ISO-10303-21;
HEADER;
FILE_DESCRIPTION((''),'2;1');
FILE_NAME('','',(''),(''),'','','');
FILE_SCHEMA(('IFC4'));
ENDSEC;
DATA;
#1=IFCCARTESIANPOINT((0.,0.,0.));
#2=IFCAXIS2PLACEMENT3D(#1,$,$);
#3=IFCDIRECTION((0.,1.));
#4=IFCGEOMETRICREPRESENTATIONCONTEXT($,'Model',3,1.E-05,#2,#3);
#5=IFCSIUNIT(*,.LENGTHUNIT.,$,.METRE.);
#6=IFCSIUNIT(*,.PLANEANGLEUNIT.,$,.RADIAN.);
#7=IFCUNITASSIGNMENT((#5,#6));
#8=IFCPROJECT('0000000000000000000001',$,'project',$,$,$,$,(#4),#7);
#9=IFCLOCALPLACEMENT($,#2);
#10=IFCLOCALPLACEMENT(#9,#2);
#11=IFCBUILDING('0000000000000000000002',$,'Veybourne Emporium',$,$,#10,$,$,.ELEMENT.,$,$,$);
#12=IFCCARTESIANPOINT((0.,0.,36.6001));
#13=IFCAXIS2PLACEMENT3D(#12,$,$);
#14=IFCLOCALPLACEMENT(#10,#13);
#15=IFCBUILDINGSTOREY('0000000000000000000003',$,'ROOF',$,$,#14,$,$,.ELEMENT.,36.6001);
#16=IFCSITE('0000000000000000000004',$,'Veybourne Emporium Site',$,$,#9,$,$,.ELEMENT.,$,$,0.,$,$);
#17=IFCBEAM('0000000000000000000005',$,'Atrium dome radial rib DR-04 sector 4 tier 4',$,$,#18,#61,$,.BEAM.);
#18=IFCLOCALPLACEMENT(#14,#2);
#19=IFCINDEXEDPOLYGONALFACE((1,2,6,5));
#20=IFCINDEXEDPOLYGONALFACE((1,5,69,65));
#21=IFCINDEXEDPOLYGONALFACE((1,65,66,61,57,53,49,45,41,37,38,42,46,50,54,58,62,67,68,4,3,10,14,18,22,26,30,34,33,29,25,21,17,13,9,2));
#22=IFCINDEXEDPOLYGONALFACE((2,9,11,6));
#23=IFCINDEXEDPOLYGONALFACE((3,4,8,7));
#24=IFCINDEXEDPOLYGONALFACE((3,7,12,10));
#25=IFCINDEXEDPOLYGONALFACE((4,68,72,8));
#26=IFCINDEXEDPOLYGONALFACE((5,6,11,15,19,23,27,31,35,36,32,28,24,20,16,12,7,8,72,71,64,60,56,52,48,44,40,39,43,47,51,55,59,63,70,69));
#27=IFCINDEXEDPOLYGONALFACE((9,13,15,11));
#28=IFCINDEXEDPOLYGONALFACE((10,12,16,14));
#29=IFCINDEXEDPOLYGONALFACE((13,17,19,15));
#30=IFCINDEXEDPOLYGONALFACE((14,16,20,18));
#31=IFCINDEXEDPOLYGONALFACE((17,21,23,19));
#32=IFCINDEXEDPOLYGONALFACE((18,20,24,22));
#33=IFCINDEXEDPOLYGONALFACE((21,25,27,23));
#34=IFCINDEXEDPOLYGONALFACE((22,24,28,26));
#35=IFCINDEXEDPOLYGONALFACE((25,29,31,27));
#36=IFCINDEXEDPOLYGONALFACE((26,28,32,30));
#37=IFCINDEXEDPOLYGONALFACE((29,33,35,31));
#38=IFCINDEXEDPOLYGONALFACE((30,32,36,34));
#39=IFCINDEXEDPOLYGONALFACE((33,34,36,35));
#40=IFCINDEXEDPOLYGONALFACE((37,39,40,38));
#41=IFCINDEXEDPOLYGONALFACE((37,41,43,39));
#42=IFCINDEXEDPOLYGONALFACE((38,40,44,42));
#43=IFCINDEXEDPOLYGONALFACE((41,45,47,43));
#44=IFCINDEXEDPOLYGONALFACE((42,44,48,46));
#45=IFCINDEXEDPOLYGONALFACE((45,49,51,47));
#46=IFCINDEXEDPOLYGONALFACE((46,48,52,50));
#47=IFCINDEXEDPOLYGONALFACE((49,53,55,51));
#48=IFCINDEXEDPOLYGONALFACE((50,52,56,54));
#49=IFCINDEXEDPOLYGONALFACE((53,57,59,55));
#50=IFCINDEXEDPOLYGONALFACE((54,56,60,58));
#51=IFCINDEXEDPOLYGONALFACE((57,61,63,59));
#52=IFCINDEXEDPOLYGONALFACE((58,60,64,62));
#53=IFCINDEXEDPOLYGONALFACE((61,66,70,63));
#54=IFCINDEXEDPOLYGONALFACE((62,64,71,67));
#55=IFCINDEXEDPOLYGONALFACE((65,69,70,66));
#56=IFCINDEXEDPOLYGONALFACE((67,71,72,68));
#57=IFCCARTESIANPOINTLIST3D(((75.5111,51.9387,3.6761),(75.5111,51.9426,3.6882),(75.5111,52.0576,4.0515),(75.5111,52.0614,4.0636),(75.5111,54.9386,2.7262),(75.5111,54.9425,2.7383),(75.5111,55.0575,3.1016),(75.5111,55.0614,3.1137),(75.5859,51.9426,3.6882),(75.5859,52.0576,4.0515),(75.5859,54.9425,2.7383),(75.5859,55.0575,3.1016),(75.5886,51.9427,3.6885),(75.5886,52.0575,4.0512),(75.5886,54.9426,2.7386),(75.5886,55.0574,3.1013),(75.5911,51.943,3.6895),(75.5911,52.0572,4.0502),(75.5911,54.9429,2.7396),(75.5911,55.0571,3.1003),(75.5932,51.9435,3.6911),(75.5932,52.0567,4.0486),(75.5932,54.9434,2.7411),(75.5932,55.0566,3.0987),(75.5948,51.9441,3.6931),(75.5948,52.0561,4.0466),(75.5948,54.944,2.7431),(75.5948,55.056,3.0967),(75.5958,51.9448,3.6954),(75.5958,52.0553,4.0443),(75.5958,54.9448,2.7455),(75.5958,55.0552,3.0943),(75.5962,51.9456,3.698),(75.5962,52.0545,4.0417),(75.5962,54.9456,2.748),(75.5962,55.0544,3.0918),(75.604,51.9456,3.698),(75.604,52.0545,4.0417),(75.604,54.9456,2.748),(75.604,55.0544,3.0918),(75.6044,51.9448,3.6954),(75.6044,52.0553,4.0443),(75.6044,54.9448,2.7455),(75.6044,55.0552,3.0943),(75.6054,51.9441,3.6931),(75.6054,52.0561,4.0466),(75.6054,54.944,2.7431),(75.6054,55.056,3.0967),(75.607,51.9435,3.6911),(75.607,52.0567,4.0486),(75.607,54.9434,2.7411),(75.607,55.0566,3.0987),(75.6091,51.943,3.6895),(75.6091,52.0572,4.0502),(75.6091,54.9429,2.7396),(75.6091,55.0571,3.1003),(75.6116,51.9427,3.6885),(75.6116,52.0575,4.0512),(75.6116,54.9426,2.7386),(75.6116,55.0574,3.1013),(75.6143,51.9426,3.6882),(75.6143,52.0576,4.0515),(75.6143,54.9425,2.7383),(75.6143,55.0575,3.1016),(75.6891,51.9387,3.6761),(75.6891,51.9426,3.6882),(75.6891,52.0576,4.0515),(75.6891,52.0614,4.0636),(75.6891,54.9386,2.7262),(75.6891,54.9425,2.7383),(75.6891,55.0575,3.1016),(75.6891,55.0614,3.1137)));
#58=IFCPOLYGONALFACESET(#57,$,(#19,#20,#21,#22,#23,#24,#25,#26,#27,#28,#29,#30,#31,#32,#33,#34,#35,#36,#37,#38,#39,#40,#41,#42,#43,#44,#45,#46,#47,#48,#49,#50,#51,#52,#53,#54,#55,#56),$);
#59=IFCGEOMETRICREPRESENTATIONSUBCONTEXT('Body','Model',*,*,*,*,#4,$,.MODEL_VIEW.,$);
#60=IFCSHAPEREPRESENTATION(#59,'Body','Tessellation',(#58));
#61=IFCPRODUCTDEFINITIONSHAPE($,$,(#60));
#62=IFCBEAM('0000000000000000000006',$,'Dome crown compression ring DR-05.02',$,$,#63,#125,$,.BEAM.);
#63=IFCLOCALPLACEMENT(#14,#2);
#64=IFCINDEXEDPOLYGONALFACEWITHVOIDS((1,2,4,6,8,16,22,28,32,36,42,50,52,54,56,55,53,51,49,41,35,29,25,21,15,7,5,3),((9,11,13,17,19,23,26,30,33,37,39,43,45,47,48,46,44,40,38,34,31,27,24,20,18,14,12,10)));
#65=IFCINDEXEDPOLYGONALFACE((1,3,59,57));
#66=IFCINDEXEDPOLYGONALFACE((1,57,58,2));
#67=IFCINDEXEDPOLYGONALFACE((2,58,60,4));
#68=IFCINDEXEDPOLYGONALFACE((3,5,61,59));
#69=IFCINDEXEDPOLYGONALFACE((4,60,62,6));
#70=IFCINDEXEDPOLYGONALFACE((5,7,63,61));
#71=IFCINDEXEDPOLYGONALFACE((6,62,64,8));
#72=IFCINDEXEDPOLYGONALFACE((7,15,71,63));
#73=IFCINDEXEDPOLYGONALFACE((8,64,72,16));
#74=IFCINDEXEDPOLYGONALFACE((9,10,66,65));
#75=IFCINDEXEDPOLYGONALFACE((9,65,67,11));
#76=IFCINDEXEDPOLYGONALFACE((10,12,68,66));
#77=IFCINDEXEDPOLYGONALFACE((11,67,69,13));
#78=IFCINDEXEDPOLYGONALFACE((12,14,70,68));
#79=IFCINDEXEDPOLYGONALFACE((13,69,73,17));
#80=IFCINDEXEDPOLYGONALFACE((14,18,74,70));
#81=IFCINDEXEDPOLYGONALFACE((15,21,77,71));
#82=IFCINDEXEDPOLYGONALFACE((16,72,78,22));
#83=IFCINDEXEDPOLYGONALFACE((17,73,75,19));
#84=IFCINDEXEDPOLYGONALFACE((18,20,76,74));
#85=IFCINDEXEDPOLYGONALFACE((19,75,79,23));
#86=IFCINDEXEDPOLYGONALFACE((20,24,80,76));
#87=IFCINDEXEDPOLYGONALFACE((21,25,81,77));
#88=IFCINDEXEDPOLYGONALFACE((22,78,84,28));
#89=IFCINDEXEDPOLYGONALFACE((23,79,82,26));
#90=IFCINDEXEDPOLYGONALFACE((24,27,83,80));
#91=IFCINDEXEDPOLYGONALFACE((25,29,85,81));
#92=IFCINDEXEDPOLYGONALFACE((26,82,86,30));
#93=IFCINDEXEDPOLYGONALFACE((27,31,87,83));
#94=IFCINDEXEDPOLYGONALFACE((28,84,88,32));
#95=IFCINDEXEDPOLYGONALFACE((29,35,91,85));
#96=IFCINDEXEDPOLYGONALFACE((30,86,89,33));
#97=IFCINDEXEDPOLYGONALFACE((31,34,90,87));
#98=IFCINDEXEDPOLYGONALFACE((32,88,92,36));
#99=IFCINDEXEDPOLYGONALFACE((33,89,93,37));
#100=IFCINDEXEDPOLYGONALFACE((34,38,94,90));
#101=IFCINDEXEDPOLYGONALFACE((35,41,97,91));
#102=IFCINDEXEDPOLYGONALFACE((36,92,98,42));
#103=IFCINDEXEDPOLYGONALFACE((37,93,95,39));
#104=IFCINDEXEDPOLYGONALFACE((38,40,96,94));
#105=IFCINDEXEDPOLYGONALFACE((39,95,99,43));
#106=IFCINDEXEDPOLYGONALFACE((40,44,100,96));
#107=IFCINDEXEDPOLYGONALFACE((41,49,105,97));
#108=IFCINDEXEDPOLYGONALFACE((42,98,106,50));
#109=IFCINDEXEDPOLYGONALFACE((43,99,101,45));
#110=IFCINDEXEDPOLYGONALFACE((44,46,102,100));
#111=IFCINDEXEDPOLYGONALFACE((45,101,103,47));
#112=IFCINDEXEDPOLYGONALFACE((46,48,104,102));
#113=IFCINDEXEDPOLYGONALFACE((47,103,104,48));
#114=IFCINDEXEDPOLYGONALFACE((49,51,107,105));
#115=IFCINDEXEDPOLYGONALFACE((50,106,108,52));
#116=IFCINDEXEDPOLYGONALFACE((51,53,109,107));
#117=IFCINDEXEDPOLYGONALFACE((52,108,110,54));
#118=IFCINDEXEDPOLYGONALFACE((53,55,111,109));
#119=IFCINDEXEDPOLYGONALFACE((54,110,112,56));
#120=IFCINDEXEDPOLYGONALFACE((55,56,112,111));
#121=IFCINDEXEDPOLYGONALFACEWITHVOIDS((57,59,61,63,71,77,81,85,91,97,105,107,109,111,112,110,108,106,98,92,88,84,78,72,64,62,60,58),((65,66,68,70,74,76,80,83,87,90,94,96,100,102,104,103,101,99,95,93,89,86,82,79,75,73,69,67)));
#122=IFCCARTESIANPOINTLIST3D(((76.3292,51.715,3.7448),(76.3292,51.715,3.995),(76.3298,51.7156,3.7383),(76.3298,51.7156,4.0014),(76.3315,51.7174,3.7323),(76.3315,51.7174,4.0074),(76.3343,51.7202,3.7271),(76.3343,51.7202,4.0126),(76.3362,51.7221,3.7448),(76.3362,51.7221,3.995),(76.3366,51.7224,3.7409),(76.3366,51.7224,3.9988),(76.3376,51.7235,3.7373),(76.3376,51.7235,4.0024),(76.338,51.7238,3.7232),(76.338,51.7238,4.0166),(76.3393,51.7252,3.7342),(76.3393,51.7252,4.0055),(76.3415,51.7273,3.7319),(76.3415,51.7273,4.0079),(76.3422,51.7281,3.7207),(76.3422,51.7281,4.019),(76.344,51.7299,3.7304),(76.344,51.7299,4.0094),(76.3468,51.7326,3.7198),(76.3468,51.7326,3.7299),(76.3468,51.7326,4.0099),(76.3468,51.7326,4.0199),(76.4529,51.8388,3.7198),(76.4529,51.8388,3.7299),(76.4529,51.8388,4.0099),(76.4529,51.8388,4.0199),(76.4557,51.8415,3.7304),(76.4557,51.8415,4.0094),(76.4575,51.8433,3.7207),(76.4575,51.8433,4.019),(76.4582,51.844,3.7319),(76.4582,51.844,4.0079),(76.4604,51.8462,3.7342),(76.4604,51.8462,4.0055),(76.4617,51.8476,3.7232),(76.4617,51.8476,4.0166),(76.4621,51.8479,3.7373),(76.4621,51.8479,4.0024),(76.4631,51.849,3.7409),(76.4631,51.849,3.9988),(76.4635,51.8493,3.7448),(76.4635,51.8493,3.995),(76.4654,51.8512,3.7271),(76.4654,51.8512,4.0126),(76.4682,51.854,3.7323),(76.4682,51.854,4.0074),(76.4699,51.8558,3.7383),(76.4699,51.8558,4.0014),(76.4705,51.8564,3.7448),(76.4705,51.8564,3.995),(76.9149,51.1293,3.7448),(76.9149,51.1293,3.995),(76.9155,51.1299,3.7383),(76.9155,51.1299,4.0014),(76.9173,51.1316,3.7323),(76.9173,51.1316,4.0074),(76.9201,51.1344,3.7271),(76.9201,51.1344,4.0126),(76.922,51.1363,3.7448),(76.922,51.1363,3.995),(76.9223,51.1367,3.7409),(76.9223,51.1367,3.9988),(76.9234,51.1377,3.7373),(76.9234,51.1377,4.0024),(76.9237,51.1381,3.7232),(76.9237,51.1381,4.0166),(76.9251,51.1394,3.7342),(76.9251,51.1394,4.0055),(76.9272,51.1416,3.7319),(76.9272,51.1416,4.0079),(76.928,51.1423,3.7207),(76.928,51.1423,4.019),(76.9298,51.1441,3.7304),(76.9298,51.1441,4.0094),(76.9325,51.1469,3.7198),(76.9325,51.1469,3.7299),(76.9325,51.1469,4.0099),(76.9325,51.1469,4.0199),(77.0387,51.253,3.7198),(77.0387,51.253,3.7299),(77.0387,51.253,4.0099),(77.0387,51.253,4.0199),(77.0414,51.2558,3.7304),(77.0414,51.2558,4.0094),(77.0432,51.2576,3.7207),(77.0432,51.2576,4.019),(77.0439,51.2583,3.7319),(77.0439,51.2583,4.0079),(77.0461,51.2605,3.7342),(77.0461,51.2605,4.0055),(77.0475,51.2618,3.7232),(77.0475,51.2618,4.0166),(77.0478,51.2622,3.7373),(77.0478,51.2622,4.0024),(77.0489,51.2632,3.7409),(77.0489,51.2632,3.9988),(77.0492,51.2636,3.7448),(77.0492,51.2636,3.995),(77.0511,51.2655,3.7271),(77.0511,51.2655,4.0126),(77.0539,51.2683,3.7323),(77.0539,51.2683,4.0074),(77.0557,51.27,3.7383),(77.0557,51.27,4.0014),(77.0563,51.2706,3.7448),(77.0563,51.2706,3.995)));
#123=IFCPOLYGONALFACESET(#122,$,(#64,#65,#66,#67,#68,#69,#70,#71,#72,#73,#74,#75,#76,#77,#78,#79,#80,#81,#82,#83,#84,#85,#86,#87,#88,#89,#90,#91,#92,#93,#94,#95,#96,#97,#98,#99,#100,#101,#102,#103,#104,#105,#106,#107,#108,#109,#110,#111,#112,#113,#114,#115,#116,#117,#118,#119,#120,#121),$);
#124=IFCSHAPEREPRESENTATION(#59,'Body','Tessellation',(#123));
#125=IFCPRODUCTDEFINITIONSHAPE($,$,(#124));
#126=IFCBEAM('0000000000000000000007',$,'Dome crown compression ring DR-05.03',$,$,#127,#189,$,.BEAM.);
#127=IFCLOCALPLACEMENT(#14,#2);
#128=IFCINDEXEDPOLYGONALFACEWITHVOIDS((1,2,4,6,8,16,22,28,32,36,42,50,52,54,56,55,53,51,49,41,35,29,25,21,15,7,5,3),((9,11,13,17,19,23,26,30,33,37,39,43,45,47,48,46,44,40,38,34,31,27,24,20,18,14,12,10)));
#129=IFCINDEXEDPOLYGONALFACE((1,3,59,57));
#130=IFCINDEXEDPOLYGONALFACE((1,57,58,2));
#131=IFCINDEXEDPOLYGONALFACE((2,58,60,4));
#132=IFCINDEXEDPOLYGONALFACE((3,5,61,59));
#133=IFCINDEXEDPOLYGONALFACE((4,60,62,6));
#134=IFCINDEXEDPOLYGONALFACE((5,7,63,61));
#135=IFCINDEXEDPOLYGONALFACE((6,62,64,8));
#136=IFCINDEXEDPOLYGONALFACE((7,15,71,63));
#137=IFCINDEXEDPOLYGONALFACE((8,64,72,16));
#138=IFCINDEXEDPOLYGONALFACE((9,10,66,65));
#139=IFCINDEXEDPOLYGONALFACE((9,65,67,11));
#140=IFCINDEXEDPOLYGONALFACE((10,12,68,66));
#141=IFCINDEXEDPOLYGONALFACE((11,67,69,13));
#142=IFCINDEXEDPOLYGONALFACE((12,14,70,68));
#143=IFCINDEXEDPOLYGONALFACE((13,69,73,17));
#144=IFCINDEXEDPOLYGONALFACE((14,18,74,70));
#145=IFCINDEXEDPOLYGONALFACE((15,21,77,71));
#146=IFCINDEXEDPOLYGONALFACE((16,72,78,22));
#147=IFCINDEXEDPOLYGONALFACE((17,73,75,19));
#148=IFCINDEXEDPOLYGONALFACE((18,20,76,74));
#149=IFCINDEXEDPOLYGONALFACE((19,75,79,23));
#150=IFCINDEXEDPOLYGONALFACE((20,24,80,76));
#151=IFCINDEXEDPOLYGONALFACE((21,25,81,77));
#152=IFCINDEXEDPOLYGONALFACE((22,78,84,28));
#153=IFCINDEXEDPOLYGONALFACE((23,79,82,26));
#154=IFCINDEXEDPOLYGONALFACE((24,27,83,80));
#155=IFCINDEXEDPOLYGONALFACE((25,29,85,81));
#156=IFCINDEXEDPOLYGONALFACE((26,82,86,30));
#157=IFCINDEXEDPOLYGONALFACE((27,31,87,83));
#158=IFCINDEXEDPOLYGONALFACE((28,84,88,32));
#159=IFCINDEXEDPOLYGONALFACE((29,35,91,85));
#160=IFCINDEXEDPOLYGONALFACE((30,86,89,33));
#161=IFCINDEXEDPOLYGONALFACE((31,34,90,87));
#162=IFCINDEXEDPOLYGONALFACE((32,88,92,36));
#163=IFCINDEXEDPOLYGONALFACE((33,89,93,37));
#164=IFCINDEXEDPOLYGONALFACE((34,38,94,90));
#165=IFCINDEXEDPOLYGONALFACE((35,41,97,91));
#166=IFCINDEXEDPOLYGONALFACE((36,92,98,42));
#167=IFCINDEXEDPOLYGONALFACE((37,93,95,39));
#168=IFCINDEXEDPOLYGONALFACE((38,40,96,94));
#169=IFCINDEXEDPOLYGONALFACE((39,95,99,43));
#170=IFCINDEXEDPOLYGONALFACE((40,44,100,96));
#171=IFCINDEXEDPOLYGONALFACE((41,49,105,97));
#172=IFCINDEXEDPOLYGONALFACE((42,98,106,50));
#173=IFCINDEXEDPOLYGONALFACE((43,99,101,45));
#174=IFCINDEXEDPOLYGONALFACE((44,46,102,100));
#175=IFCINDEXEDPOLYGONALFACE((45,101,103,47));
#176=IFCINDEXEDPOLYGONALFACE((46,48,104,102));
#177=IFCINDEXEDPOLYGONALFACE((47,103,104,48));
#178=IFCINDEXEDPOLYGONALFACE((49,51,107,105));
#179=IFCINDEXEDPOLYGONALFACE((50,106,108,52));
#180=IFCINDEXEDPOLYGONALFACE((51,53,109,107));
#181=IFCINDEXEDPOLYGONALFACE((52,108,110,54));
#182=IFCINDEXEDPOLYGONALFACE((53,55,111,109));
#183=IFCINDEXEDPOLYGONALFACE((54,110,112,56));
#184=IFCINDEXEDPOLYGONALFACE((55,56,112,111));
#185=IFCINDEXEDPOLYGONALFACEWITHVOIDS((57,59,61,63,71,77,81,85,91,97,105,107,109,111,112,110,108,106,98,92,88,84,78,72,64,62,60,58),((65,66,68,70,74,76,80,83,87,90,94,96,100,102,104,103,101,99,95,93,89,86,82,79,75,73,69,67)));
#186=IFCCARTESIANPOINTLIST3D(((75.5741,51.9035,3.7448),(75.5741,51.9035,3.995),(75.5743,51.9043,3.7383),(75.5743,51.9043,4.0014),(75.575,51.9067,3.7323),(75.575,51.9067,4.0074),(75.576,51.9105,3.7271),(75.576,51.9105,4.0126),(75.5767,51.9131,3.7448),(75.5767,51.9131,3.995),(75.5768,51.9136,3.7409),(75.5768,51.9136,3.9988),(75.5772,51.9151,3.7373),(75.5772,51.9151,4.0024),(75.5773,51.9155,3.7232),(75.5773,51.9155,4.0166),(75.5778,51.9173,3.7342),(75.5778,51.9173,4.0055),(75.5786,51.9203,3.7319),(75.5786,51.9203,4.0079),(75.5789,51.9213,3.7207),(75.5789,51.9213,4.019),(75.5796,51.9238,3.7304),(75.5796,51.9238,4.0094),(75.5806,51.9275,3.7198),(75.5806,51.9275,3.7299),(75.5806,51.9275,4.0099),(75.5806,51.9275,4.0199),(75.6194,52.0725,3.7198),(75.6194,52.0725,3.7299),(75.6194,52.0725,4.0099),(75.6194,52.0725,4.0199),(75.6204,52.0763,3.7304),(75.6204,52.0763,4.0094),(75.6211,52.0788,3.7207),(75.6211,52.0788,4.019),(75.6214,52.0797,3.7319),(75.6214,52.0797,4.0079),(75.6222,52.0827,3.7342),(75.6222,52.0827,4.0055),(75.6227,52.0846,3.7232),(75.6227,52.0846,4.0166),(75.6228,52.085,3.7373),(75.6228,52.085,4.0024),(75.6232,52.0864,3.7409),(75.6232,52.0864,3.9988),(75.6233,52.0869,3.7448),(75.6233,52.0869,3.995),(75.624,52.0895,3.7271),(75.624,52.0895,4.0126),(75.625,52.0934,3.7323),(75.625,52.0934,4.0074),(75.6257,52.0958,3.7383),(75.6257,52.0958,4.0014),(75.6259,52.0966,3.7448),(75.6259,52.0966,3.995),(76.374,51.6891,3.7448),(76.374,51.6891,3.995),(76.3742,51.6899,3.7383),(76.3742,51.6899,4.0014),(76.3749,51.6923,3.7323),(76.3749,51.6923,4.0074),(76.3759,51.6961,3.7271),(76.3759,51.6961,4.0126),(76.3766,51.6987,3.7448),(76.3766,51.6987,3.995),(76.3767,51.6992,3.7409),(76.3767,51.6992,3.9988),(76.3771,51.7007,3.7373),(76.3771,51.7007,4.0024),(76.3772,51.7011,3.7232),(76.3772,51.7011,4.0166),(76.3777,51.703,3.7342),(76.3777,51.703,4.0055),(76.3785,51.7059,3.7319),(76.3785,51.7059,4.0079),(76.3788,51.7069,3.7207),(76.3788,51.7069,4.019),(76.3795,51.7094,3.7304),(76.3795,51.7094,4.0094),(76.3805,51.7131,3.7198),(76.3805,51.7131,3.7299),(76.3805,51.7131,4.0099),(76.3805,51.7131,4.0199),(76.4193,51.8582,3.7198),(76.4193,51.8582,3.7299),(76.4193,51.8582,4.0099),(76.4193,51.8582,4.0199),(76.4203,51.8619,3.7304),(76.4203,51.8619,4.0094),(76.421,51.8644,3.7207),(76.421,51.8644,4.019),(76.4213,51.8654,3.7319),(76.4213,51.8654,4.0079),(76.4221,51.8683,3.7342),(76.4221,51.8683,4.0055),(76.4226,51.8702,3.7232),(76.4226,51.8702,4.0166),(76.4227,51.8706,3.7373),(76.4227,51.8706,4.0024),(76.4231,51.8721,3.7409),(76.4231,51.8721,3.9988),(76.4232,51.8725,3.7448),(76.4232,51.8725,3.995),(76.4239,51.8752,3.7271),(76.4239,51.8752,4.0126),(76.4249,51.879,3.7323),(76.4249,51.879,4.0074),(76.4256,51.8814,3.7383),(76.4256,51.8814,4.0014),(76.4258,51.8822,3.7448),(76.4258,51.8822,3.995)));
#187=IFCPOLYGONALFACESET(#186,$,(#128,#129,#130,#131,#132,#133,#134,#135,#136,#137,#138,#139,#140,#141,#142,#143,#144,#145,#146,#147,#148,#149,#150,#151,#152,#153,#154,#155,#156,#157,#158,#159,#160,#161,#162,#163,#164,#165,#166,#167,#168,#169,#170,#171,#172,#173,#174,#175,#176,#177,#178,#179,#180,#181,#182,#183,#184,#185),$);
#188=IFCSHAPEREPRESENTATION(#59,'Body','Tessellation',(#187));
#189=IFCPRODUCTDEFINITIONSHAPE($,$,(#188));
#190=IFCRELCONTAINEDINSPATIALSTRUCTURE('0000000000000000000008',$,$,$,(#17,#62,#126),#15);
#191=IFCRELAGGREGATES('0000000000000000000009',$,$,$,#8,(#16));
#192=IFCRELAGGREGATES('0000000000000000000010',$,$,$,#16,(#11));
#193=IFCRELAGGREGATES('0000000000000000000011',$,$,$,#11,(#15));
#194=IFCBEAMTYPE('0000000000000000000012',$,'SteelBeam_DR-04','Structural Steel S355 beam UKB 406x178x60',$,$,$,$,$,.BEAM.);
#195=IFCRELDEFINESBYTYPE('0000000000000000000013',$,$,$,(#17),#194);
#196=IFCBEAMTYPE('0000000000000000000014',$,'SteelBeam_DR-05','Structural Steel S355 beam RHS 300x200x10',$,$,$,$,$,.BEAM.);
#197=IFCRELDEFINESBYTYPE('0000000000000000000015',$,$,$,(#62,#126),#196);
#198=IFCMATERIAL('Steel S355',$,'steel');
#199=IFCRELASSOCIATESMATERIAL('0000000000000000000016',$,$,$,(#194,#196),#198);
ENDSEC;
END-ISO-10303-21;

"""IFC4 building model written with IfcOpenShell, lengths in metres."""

from ifc_helpers import new_model, si_unit, direction, frame, origin, origin_2d, place, context, subcontext, project, spatial, hollow_rectangle, i_section, extrude, material, material_profile, profile_set, type_object, element, save


model = new_model("IFC4")

# Units and contexts
model_context = context("Model", 3, precision=1e-05, world=origin(), true_north=direction((0.0, 1.0)))
body_context = subcontext(model_context, "Body", "Model", "MODEL_VIEW")
ifc_project = project(units=[si_unit("LENGTHUNIT", "METRE"), si_unit("PLANEANGLEUNIT", "RADIAN")], contexts=[model_context])

# Site, building, storey
site_placement = place(None, origin())
site = spatial("IfcSite", under=ifc_project, at=site_placement, Name="Veybourne Emporium Site", CompositionType="ELEMENT", RefElevation=0.0)
building_placement = place(site_placement, origin())
building = spatial("IfcBuilding", under=site, at=building_placement, Name="Veybourne Emporium", CompositionType="ELEMENT")
storey_placement = place(building_placement, frame((0.0, 0.0, 36.6001)))
storey = spatial("IfcBuildingStorey", under=building, at=storey_placement, Name="ROOF", CompositionType="ELEMENT", Elevation=36.6001)

# Beams
ifc_material_1 = material(Name="Steel S355", Category="steel")
ifc_material_profile_1 = material_profile(ifc_material_1, i_section(OverallWidth=0.178, OverallDepth=0.4065, WebThickness=0.0078, FlangeThickness=0.0127, FilletRadius=0.0103, at=origin_2d()), Name="UKB 406x178x60")
ifc_profile_set_1 = profile_set([ifc_material_profile_1], Name="Steel S355")
beam_type_1 = type_object("IfcBeamType", Name="SteelBeam_DR-04", Description="Structural Steel S355 beam UKB 406x178x60", PredefinedType="BEAM", material=ifc_profile_set_1)
beam_1_placement = place(storey_placement, frame((75.6001, 55.0, 2.9199), z_axis=(0.0, -0.953347, 0.301878), x_axis=(1.0, 0.0, 0.0)))
element("IfcBeam", 1, at=beam_1_placement, inside=storey, type_object=beam_type_1, Name="Atrium dome radial rib DR-04 sector 4 tier 4", PredefinedType="BEAM", context=body_context, shape_type="SweptSolid", body=[
    extrude(i_section(OverallWidth=0.178, OverallDepth=0.4065, WebThickness=0.0078, FlangeThickness=0.0127, FilletRadius=0.0103, at=origin_2d()), origin(), (0.0, 0.0, 1.0), 3.1467),
])
ifc_material_profile_2 = material_profile(ifc_material_1, hollow_rectangle(XDim=0.2, YDim=0.3, WallThickness=0.01, InnerFilletRadius=0.0149, OuterFilletRadius=0.0249, at=origin_2d()), Name="RHS 300x200x10")
ifc_profile_set_2 = profile_set([ifc_material_profile_2], Name="Steel S355")
beam_type_2 = type_object("IfcBeamType", Name="SteelBeam_DR-05", Description="Structural Steel S355 beam RHS 300x200x10", PredefinedType="BEAM", material=ifc_profile_set_2)
beam_2_placement = place(storey_placement, frame((76.9856, 51.2, 3.8699), z_axis=(-0.707107, 0.707107, 0.0), x_axis=(-0.707107, -0.707107, 0.0)))
element("IfcBeam", 2, at=beam_2_placement, inside=storey, type_object=beam_type_2, Name="Dome crown compression ring DR-05.02", PredefinedType="BEAM", context=body_context, shape_type="SweptSolid", body=[
    extrude(hollow_rectangle(XDim=0.2, YDim=0.3, WallThickness=0.01, InnerFilletRadius=0.0149, OuterFilletRadius=0.0249, at=origin_2d()), origin(), (0.0, 0.0, 1.0), 0.8284),
])
beam_3_placement = place(storey_placement, frame((76.3999, 51.7856, 3.8699), z_axis=(-0.965911, 0.258874, 0.0), x_axis=(-0.258874, -0.965911, 0.0)))
element("IfcBeam", 3, at=beam_3_placement, inside=storey, type_object=beam_type_2, Name="Dome crown compression ring DR-05.03", PredefinedType="BEAM", context=body_context, shape_type="SweptSolid", body=[
    extrude(hollow_rectangle(XDim=0.2, YDim=0.3, WallThickness=0.01, InnerFilletRadius=0.0149, OuterFilletRadius=0.0249, at=origin_2d()), origin(), (0.0, 0.0, 1.0), 0.8281),
])

save(model, "model.ifc")
